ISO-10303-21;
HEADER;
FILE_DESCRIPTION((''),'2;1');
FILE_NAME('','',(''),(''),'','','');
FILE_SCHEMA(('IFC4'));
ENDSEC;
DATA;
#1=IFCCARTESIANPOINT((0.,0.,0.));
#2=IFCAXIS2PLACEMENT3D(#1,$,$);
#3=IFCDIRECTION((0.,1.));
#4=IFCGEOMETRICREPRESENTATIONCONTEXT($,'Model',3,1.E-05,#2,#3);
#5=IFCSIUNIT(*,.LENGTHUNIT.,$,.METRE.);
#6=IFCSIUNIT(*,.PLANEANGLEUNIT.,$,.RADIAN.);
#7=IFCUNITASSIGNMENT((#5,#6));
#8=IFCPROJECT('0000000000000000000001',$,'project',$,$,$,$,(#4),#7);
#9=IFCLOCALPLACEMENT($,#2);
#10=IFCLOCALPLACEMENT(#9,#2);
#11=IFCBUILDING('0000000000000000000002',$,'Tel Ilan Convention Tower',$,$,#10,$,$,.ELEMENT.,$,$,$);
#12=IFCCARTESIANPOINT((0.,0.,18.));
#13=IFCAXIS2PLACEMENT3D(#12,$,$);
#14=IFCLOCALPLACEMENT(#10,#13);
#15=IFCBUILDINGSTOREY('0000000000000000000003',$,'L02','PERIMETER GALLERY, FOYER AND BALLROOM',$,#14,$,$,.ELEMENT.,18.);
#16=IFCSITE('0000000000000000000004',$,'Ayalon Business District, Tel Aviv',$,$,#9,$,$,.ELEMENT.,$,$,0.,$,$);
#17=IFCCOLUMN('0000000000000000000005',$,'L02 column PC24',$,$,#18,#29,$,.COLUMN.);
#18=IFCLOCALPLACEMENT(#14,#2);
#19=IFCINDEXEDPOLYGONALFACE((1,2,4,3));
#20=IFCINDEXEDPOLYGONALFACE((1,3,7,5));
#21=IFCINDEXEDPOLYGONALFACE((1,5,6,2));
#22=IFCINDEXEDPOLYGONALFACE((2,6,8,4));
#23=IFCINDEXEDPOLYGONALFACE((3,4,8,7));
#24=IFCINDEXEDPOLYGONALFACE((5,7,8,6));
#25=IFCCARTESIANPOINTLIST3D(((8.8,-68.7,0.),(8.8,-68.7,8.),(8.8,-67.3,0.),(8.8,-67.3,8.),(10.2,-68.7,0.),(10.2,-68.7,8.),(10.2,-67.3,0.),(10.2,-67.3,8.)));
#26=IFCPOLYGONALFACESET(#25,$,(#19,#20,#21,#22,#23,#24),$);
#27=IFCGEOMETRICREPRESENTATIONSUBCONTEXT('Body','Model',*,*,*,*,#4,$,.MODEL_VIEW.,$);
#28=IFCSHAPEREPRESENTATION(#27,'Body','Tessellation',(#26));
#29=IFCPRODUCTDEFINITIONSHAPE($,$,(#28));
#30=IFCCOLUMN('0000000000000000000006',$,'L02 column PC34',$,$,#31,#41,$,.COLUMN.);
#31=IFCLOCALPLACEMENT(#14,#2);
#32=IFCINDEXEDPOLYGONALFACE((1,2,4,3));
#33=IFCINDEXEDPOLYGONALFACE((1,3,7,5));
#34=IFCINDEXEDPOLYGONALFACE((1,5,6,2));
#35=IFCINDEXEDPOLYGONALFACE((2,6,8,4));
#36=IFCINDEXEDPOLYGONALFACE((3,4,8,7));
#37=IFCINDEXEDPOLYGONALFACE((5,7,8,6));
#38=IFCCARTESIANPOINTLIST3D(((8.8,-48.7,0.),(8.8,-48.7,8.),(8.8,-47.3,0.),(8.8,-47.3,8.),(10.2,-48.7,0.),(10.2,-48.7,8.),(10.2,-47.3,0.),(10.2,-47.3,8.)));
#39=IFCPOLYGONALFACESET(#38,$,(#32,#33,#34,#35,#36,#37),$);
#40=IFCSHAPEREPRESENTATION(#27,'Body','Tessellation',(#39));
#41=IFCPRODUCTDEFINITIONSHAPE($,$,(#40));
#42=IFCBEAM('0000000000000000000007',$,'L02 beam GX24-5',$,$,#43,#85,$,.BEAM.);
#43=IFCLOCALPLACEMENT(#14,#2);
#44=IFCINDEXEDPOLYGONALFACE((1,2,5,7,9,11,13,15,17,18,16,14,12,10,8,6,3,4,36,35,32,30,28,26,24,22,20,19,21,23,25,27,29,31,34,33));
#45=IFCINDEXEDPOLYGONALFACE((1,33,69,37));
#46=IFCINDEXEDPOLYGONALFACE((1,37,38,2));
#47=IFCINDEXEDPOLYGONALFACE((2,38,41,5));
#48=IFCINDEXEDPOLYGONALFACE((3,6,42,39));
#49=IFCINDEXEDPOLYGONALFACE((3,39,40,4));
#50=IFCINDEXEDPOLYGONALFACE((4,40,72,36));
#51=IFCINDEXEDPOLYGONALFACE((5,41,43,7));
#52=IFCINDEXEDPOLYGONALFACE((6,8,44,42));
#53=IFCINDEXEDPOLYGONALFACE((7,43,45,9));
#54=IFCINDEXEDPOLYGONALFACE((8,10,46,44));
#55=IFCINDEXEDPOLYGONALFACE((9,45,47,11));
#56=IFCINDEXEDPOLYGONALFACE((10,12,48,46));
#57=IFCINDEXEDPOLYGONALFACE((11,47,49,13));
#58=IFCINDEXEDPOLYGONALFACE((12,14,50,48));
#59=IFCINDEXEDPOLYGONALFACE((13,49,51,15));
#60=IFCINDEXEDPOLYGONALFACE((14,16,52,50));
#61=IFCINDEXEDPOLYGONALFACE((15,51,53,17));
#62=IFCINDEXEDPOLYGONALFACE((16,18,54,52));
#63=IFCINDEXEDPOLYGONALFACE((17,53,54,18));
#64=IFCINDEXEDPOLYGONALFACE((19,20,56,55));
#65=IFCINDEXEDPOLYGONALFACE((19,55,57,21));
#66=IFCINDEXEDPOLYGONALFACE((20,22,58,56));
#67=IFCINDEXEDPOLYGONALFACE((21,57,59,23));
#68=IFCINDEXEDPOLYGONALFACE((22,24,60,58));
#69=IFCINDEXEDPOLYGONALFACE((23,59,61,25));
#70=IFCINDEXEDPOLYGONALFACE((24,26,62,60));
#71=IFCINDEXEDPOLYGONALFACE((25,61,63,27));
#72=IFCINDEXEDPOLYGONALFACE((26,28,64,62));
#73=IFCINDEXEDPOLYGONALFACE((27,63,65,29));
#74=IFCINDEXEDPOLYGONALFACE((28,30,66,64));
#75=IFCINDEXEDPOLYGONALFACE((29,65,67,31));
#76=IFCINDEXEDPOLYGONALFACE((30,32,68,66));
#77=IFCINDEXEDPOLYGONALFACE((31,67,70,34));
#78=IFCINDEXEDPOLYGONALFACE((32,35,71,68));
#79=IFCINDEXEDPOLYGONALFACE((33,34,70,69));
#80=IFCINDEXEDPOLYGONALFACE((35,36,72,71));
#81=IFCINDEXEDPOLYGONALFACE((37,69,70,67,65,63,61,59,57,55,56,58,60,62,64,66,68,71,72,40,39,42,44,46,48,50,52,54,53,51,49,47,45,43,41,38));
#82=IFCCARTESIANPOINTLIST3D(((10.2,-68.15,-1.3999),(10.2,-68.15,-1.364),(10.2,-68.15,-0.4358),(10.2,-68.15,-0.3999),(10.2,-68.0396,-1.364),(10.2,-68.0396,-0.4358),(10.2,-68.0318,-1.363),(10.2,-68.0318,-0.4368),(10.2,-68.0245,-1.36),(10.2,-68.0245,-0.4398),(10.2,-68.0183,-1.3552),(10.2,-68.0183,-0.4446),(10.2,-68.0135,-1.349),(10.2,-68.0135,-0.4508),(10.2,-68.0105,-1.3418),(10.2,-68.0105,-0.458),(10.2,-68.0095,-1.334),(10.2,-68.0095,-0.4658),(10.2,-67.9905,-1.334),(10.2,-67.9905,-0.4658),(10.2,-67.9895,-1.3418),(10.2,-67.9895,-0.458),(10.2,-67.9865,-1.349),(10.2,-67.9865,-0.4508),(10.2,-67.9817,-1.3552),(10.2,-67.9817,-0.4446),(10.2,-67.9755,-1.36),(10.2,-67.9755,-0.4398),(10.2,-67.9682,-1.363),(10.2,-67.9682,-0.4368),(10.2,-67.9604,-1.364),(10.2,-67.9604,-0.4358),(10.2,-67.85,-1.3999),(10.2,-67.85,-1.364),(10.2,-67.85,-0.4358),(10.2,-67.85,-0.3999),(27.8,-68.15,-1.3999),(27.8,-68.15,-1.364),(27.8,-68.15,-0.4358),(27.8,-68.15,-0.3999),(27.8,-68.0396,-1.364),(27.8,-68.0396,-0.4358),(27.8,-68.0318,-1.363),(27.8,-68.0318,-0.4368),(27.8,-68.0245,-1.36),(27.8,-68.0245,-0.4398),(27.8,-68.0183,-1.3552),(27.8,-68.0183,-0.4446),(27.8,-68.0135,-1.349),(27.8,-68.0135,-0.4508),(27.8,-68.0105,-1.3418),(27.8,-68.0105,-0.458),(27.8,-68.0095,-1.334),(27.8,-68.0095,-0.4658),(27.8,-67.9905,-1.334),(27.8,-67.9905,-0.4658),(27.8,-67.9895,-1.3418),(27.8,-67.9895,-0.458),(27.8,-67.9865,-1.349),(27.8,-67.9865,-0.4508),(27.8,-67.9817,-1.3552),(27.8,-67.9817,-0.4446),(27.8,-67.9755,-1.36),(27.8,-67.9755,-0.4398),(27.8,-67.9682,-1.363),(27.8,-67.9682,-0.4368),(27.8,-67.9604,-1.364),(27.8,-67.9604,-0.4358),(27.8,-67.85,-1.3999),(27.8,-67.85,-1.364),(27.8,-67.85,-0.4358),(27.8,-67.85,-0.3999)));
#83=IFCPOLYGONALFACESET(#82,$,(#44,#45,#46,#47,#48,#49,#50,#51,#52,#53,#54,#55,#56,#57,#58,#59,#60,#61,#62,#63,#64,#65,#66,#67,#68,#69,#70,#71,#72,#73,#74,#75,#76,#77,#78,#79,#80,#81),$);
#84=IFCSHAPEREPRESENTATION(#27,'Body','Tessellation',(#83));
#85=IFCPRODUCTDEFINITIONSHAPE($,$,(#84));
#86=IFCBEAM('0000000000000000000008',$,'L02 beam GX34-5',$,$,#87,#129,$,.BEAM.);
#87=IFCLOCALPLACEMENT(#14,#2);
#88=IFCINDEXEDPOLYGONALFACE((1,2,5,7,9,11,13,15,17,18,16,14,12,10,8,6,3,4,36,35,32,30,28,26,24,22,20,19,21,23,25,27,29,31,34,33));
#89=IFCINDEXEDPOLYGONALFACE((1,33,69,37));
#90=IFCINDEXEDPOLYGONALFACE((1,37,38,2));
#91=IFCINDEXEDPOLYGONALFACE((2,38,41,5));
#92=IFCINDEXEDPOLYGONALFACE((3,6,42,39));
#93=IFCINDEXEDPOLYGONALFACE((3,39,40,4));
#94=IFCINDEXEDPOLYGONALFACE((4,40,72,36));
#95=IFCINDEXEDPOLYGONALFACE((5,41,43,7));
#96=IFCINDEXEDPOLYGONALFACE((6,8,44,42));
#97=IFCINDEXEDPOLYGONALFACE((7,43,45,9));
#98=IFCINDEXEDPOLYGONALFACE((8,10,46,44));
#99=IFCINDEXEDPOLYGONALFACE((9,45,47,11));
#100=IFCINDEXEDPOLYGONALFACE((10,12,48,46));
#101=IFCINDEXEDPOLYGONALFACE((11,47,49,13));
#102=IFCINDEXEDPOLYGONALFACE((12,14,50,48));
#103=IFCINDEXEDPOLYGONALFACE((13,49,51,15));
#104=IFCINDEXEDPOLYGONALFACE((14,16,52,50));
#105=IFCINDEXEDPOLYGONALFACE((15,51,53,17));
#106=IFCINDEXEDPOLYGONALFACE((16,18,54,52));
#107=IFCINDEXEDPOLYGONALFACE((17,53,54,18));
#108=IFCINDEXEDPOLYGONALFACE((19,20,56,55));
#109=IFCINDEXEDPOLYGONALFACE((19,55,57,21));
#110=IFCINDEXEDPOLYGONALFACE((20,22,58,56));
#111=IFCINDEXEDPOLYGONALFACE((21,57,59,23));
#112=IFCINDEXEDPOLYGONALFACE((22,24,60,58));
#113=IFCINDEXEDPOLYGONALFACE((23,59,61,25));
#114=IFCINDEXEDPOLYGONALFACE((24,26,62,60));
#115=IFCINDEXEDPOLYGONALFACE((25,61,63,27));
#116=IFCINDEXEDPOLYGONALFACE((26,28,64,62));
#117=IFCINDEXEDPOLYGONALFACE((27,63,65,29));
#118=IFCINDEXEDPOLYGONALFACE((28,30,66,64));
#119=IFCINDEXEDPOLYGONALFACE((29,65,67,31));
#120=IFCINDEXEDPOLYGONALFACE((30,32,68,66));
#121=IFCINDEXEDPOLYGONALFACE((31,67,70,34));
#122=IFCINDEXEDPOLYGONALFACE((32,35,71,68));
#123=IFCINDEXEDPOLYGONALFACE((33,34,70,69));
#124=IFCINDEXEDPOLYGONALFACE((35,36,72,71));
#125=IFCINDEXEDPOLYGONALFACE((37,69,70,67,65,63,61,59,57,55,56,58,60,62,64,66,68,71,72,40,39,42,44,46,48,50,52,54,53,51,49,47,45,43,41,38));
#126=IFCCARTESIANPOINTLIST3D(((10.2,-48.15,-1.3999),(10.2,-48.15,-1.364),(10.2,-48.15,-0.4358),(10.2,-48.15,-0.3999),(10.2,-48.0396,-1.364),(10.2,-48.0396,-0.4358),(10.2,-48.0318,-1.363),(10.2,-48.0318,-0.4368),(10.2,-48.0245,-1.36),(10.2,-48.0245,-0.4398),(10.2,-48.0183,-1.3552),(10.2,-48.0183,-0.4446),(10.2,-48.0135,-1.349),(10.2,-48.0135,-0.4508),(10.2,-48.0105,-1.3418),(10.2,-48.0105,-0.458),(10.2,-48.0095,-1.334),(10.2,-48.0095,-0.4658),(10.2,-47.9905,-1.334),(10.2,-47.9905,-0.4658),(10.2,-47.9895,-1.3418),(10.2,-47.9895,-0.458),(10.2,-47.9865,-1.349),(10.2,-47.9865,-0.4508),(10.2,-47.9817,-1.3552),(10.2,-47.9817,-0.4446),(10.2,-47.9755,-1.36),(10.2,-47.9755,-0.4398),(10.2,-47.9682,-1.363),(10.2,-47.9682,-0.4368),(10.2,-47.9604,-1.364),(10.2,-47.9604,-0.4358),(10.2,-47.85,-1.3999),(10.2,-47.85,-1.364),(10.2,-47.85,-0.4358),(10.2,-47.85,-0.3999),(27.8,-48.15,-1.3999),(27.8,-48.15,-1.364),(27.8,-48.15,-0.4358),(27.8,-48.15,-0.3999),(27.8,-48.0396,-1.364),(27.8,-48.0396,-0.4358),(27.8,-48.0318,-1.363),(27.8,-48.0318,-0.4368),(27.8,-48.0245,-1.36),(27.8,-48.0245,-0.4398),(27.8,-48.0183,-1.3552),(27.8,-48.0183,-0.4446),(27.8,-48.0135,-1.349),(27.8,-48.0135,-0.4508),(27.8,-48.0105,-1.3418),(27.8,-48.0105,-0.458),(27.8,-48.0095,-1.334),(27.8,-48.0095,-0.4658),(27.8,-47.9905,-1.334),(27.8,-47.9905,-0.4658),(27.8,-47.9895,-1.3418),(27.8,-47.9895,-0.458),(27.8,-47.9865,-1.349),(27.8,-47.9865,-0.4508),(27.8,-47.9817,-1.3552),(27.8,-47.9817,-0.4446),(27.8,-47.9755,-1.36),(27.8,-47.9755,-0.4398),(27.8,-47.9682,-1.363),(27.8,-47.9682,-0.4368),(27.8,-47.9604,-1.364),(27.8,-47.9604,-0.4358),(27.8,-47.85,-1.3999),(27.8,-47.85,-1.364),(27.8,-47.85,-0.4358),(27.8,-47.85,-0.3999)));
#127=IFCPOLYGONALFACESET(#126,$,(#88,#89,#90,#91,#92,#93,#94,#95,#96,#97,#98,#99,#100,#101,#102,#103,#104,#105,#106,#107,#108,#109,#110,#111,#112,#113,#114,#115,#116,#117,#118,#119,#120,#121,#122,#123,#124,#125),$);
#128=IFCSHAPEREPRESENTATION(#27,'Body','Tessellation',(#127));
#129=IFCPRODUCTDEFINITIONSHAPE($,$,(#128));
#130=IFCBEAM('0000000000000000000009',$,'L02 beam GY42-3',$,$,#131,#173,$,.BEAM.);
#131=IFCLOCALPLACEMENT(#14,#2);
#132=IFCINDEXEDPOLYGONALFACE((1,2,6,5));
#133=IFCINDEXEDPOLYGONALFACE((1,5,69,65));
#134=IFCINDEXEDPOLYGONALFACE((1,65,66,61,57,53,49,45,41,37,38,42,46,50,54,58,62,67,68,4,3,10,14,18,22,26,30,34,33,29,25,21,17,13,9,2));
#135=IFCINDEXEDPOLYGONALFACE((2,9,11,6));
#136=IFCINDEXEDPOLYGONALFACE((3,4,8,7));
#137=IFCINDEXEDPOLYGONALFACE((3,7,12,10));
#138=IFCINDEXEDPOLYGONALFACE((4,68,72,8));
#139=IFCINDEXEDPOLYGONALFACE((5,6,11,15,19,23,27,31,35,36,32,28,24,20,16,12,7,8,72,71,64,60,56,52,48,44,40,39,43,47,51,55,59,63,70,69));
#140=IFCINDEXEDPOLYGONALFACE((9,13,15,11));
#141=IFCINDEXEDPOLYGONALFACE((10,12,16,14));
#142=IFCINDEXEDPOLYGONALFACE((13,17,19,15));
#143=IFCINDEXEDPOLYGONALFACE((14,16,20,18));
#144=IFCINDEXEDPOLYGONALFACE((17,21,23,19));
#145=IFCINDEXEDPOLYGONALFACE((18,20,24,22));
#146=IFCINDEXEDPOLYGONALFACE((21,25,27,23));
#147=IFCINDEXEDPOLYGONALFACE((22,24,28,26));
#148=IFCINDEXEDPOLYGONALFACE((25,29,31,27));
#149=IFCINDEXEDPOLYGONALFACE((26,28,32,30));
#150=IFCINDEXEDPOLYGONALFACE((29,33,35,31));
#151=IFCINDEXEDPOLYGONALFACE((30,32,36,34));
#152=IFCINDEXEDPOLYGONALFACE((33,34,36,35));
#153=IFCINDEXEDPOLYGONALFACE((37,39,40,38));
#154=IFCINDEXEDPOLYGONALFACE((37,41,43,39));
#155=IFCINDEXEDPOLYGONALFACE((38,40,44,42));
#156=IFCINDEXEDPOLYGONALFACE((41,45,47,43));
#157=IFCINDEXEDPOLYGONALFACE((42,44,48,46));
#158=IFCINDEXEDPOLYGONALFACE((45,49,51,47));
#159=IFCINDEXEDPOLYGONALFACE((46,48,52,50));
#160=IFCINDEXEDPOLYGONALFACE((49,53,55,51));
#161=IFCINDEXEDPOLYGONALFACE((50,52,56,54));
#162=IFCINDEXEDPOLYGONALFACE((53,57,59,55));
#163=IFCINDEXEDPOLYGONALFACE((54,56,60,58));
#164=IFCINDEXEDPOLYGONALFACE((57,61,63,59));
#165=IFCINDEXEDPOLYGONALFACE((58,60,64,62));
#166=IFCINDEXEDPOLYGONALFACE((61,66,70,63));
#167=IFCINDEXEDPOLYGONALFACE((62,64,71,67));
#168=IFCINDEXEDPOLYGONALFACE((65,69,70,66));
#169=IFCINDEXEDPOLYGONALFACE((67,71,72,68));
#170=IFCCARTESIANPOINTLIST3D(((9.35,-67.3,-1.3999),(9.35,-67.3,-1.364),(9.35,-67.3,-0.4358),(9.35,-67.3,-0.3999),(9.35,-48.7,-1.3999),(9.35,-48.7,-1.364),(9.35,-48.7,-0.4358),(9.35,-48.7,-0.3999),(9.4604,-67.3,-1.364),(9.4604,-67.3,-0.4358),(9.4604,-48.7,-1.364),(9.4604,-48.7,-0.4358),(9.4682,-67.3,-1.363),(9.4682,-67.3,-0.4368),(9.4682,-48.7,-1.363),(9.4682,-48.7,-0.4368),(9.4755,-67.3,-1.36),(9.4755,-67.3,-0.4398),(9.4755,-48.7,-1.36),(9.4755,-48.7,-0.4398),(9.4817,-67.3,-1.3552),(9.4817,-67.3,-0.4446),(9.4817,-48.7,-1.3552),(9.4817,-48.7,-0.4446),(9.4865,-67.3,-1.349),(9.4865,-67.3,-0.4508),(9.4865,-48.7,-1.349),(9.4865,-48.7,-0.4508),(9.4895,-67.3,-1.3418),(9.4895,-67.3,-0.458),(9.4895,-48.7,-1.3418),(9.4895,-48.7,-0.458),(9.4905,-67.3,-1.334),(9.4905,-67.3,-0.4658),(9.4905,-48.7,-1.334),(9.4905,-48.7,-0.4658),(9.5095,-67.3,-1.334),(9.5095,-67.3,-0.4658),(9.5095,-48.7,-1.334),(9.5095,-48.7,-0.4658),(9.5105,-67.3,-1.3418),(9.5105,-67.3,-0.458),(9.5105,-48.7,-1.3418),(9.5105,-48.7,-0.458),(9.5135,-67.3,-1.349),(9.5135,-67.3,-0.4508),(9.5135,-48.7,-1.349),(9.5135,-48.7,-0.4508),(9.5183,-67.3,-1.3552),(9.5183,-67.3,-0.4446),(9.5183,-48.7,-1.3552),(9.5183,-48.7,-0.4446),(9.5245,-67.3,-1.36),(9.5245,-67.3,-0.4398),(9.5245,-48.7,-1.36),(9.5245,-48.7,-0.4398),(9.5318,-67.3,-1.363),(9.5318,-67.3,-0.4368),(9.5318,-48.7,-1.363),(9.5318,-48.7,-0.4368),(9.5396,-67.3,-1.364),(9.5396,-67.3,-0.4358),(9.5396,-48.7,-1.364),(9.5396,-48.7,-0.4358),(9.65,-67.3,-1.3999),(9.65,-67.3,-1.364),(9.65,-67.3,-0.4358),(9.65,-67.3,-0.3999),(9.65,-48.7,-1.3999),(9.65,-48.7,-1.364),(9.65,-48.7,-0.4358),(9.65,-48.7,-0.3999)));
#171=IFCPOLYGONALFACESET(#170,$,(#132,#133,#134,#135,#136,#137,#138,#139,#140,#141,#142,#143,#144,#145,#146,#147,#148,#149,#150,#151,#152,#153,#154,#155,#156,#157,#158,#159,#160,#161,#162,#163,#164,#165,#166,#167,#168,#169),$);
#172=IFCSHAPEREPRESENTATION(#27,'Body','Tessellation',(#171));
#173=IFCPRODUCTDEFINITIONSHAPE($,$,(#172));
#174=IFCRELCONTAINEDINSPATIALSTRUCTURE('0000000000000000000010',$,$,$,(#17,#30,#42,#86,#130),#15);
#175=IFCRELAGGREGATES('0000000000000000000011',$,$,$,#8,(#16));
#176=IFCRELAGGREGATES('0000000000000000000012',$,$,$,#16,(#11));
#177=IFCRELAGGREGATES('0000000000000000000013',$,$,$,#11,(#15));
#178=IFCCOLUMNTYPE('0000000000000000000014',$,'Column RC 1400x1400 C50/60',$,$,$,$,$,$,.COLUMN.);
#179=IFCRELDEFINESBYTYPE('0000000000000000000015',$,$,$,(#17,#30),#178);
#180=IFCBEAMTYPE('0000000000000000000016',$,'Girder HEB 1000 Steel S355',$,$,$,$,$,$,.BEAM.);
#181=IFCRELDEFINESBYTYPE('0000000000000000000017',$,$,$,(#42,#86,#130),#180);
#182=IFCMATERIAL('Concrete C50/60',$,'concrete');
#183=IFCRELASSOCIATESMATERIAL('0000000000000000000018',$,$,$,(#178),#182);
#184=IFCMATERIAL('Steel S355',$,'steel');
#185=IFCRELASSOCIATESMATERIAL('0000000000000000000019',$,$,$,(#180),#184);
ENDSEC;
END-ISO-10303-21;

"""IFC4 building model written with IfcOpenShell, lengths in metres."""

from ifc_helpers import new_model, si_unit, direction, frame, origin, origin_2d, place, context, subcontext, project, spatial, rectangle, i_section, extrude, material, material_profile, profile_set, type_object, element, save


model = new_model("IFC4")

# Units and contexts
model_context = context("Model", 3, precision=1e-05, world=origin(), true_north=direction((0.0, 1.0)))
body_context = subcontext(model_context, "Body", "Model", "MODEL_VIEW")
ifc_project = project(units=[si_unit("LENGTHUNIT", "METRE"), si_unit("PLANEANGLEUNIT", "RADIAN")], contexts=[model_context])

# Site, building, storey
site_placement = place(None, origin())
site = spatial("IfcSite", under=ifc_project, at=site_placement, Name="Ayalon Business District, Tel Aviv", CompositionType="ELEMENT", RefElevation=0.0)
building_placement = place(site_placement, origin())
building = spatial("IfcBuilding", under=site, at=building_placement, Name="Tel Ilan Convention Tower", CompositionType="ELEMENT")
storey_placement = place(building_placement, frame((0.0, 0.0, 18.0)))
storey = spatial("IfcBuildingStorey", under=building, at=storey_placement, Name="L02", Description="PERIMETER GALLERY, FOYER AND BALLROOM", CompositionType="ELEMENT", Elevation=18.0)

# Columns
ifc_material_1 = material(Name="Concrete C50/60", Category="concrete")
ifc_material_profile_1 = material_profile(ifc_material_1, rectangle(XDim=1.3999, YDim=1.3999, at=origin_2d()), Name="RC 1400x1400")
ifc_profile_set_1 = profile_set([ifc_material_profile_1], Name="Concrete C50/60")
column_type = type_object("IfcColumnType", Name="Column RC 1400x1400 C50/60", PredefinedType="COLUMN", material=ifc_profile_set_1)
for number, where, z_axis, x_axis, name in (
    (1, (9.5, -68.0, 0.0), (0.0, 0.0, 1.0), (1.0, 0.0, 0.0), "L02 column PC24"),
    (2, (9.5, -48.0, 0.0), (0.0, 0.0, 1.0), (1.0, 0.0, 0.0), "L02 column PC34"),
):
    element("IfcColumn", number, at=place(storey_placement, frame(where, z_axis=z_axis, x_axis=x_axis)), inside=storey, type_object=column_type, Name=name, PredefinedType="COLUMN", context=body_context, shape_type="SweptSolid", body=[
        extrude(rectangle(XDim=1.3999, YDim=1.3999, at=origin_2d()), origin(), (0.0, 0.0, 1.0), 8.0),
    ])

# Beams
ifc_material_2 = material(Name="Steel S355", Category="steel")
ifc_material_profile_2 = material_profile(ifc_material_2, i_section(OverallWidth=0.3, OverallDepth=1.0, WebThickness=0.019, FlangeThickness=0.0359, FilletRadius=0.03, at=origin_2d()), Name="HEB 1000")
ifc_profile_set_2 = profile_set([ifc_material_profile_2], Name="Steel S355")
beam_type_1 = type_object("IfcBeamType", Name="Girder HEB 1000 Steel S355", PredefinedType="BEAM", material=ifc_profile_set_2)
for number, where, z_axis, x_axis, name in (
    (3, (10.2, -68.0, -0.8999), (1.0, 0.0, 0.0), (0.0, 1.0, 0.0), "L02 beam GX24-5"),
    (4, (10.2, -48.0, -0.8999), (1.0, 0.0, 0.0), (0.0, 1.0, 0.0), "L02 beam GX34-5"),
):
    element("IfcBeam", number, at=place(storey_placement, frame(where, z_axis=z_axis, x_axis=x_axis)), inside=storey, type_object=beam_type_1, Name=name, PredefinedType="BEAM", context=body_context, shape_type="SweptSolid", body=[
        extrude(i_section(OverallWidth=0.3, OverallDepth=1.0, WebThickness=0.019, FlangeThickness=0.0359, FilletRadius=0.03, at=origin_2d()), origin(), (0.0, 0.0, 1.0), 17.6001),
    ])
beam_1_placement = place(storey_placement, frame((9.5, -67.3, -0.8999), z_axis=(0.0, 1.0, 0.0), x_axis=(-1.0, 0.0, 0.0)))
element("IfcBeam", 5, at=beam_1_placement, inside=storey, type_object=beam_type_1, Name="L02 beam GY42-3", PredefinedType="BEAM", context=body_context, shape_type="SweptSolid", body=[
    extrude(i_section(OverallWidth=0.3, OverallDepth=1.0, WebThickness=0.019, FlangeThickness=0.0359, FilletRadius=0.03, at=origin_2d()), origin(), (0.0, 0.0, 1.0), 18.6001),
])

save(model, "model.ifc")
